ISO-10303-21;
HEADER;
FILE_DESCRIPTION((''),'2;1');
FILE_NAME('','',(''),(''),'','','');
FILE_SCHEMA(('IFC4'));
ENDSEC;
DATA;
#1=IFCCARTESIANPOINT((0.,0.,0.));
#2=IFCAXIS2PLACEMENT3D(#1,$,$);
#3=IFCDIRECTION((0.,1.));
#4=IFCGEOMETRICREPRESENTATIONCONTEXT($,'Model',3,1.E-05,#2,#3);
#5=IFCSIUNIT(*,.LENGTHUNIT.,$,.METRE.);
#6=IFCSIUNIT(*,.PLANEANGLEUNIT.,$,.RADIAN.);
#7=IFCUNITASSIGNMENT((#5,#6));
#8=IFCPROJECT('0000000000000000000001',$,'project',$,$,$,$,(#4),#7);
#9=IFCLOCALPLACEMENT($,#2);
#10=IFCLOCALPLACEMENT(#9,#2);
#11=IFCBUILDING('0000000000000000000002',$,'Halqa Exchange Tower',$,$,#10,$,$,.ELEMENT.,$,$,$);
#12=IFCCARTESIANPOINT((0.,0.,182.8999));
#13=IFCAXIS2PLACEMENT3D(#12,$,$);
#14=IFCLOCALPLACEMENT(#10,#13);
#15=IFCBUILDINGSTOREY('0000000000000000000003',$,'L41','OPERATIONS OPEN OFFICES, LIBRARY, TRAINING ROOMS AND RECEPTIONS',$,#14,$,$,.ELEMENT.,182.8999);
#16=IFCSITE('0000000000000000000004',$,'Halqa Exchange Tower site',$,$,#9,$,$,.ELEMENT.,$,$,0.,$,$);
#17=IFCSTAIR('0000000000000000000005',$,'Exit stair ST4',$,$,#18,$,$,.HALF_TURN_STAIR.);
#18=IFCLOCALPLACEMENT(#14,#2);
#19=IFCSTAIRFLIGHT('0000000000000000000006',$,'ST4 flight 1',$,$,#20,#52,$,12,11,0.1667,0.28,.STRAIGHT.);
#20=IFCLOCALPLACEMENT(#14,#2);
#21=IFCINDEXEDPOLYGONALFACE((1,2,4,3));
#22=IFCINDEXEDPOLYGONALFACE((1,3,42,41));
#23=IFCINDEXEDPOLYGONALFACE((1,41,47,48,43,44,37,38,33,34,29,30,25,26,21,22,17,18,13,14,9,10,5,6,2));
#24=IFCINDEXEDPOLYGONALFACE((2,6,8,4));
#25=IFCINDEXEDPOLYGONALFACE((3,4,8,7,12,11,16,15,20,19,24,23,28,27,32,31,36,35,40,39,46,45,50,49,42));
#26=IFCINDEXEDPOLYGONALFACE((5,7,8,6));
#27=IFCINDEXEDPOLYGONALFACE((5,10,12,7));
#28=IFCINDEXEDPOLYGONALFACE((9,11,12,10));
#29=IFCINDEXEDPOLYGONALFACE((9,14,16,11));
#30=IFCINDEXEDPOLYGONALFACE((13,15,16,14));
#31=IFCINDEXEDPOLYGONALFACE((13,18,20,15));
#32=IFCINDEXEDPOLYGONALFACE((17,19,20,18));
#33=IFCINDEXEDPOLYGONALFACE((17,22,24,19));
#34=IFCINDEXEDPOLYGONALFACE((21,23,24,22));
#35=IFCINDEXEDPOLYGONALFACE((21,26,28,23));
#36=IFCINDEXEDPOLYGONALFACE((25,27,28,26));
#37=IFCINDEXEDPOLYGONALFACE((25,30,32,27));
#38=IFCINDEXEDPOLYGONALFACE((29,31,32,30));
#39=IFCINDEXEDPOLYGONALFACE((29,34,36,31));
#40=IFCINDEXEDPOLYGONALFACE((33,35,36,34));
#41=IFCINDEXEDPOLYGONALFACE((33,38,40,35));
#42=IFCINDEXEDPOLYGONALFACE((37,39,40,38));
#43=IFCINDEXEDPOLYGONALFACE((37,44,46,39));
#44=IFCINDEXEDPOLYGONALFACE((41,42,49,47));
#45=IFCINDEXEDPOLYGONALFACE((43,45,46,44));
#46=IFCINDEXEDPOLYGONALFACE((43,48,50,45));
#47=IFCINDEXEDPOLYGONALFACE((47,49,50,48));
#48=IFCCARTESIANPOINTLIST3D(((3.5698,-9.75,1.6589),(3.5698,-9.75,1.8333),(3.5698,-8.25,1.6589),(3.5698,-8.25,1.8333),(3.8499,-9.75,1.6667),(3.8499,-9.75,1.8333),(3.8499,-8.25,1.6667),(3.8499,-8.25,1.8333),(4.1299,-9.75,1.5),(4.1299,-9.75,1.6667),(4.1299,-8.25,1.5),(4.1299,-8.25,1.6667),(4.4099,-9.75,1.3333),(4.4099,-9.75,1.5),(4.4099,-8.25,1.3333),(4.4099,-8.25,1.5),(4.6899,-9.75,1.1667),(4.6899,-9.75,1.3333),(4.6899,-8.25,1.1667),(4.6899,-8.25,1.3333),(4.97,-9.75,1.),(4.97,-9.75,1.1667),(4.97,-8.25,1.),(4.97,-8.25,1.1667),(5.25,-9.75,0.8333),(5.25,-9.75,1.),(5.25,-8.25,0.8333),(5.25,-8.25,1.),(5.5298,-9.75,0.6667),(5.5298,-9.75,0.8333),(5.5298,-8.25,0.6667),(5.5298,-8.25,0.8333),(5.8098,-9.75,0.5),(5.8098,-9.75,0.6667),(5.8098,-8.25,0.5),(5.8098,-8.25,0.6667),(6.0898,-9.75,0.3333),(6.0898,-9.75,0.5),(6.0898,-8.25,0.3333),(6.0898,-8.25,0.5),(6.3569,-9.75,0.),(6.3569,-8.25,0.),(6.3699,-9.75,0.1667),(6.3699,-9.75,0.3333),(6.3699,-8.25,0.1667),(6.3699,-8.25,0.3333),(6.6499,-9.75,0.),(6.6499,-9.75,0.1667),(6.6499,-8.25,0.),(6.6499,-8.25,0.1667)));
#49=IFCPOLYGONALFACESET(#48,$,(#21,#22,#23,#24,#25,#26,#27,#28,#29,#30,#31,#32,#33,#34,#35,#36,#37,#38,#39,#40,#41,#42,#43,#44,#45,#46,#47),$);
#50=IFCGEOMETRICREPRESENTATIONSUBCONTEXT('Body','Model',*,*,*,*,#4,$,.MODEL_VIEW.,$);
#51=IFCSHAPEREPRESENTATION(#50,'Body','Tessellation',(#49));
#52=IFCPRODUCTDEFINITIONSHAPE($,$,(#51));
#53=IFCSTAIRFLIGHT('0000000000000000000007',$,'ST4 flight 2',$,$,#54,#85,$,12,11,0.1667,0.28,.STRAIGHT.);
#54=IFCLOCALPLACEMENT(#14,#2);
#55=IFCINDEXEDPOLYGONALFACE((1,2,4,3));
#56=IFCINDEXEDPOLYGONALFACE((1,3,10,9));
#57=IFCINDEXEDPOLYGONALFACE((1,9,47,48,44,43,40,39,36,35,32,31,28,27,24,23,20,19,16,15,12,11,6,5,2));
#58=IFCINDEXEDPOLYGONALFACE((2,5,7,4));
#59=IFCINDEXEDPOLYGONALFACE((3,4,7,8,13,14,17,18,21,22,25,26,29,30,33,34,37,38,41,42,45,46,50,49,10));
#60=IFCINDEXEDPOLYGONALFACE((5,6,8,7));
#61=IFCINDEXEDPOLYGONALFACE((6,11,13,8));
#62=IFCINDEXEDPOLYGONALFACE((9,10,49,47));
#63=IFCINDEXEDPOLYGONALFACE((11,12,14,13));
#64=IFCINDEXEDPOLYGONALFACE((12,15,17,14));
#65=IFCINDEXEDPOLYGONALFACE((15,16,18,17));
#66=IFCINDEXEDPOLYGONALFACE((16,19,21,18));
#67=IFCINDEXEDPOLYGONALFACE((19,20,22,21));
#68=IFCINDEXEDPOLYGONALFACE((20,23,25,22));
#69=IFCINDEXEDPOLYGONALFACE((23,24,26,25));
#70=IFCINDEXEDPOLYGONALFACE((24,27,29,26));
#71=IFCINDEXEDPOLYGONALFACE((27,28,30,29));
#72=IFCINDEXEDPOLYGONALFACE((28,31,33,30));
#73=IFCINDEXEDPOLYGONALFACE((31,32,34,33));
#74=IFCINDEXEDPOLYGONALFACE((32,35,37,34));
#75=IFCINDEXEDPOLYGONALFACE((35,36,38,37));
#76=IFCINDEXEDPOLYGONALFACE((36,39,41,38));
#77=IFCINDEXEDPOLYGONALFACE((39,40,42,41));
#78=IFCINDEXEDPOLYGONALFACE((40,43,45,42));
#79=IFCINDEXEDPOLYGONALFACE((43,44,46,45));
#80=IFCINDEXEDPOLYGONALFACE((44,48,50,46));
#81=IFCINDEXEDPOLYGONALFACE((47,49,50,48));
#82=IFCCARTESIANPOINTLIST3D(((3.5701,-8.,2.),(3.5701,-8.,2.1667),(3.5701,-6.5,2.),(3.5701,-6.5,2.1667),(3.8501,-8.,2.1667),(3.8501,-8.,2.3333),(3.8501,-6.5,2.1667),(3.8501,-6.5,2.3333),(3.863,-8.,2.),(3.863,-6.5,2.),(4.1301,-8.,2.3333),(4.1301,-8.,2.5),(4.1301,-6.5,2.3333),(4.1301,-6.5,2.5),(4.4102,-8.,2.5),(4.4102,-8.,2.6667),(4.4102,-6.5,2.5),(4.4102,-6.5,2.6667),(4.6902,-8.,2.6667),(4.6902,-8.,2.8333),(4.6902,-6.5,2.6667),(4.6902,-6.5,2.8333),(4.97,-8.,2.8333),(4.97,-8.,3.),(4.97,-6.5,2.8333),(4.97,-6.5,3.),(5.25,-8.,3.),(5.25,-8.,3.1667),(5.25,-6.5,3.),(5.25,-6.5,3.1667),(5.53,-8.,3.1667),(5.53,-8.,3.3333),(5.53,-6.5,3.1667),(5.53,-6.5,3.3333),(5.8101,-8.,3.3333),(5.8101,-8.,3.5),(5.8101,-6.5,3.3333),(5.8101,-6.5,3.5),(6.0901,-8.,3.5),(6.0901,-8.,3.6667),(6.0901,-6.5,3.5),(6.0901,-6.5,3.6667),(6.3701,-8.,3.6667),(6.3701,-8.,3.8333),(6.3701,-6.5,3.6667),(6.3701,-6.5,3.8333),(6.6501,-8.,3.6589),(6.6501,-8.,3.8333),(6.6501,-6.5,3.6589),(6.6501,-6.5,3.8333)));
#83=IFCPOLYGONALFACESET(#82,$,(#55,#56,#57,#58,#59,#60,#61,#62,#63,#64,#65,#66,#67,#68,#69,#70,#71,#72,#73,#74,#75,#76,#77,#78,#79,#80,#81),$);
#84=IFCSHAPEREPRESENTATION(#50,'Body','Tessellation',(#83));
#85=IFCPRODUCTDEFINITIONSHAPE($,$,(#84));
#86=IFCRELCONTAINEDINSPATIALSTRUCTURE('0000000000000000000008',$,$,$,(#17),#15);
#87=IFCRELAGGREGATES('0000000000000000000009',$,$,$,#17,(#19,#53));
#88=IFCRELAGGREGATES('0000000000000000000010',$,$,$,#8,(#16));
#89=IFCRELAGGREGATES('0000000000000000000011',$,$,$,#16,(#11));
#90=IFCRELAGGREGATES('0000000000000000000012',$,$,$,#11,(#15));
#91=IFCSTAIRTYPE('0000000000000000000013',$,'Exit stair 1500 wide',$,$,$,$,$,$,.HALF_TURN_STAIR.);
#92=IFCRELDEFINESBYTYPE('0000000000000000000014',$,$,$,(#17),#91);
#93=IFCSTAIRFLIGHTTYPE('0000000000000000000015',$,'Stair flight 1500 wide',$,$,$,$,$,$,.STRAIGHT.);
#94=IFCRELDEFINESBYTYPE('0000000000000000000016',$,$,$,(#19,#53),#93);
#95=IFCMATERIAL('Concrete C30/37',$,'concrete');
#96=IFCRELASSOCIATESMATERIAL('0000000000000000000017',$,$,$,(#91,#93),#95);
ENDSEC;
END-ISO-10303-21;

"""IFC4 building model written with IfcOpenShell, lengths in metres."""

from ifc_helpers import new_model, si_unit, direction, frame, origin, place, context, subcontext, project, spatial, polyline, outline, extrude, material, type_object, element, aggregate, save


model = new_model("IFC4")

# Units and contexts
model_context = context("Model", 3, precision=1e-05, world=origin(), true_north=direction((0.0, 1.0)))
body_context = subcontext(model_context, "Body", "Model", "MODEL_VIEW")
ifc_project = project(units=[si_unit("LENGTHUNIT", "METRE"), si_unit("PLANEANGLEUNIT", "RADIAN")], contexts=[model_context])

# Site, building, storey
site_placement = place(None, origin())
site = spatial("IfcSite", under=ifc_project, at=site_placement, Name="Halqa Exchange Tower site", CompositionType="ELEMENT", RefElevation=0.0)
building_placement = place(site_placement, origin())
building = spatial("IfcBuilding", under=site, at=building_placement, Name="Halqa Exchange Tower", CompositionType="ELEMENT")
storey_placement = place(building_placement, frame((0.0, 0.0, 182.8999)))
storey = spatial("IfcBuildingStorey", under=building, at=storey_placement, Name="L41", Description="OPERATIONS OPEN OFFICES, LIBRARY, TRAINING ROOMS AND RECEPTIONS", CompositionType="ELEMENT", Elevation=182.8999)

# Shared definitions
ifc_material_1 = material(Name="Concrete C30/37", Category="concrete")

# Stair, stair flights
stair_type = type_object("IfcStairType", Name="Exit stair 1500 wide", PredefinedType="HALF_TURN_STAIR", material=ifc_material_1)
stair_placement = place(storey_placement, origin())
stair = element("IfcStair", 1, at=stair_placement, inside=storey, type_object=stair_type, Name="Exit stair ST4", PredefinedType="HALF_TURN_STAIR")
stair_flight_type = type_object("IfcStairFlightType", Name="Stair flight 1500 wide", PredefinedType="STRAIGHT", material=ifc_material_1)
stair_flight_1_placement = place(storey_placement, frame((6.6499, -9.0, 0.0), z_axis=(0.0, 0.0, 1.0), x_axis=(-1.0, 0.0, 0.0)))
stair_flight_1 = element("IfcStairFlight", 2, at=stair_flight_1_placement, type_object=stair_flight_type, Name="ST4 flight 1", NumberOfRisers=12, NumberOfTreads=11, PredefinedType="STRAIGHT", RiserHeight=0.1667, TreadLength=0.28, context=body_context, shape_type="SweptSolid", body=[
    extrude(outline(polyline([(0.0, 0.0), (0.0, 0.1667), (0.28, 0.1667), (0.28, 0.3333), (0.5601, 0.3333), (0.5601, 0.5), (0.8401, 0.5), (0.8401, 0.6667), (1.1201, 0.6667), (1.1201, 0.8333), (1.3999, 0.8333), (1.3999, 1.0), (1.6799, 1.0), (1.6799, 1.1667), (1.96, 1.1667), (1.96, 1.3333), (2.24, 1.3333), (2.24, 1.5), (2.52, 1.5), (2.52, 1.6667), (2.8, 1.6667), (2.8, 1.8333), (3.0801, 1.8333), (3.0801, 2.0), (3.0801, 1.6589), (0.293, 0.0), (0.0, 0.0)])), frame((0.0, 0.75, 0.0), z_axis=(0.0, -1.0, 0.0), x_axis=(1.0, 0.0, 0.0)), (0.0, 0.0, 1.0), 1.5),
])
stair_flight_2_placement = place(storey_placement, frame((3.5701, -7.25, 2.0), z_axis=(0.0, 0.0, 1.0), x_axis=(1.0, 0.0, 0.0)))
stair_flight_2 = element("IfcStairFlight", 3, at=stair_flight_2_placement, type_object=stair_flight_type, Name="ST4 flight 2", NumberOfRisers=12, NumberOfTreads=11, PredefinedType="STRAIGHT", RiserHeight=0.1667, TreadLength=0.28, context=body_context, shape_type="SweptSolid", body=[
    extrude(outline(polyline([(0.0, 0.0), (0.0, 0.1667), (0.28, 0.1667), (0.28, 0.3333), (0.5601, 0.3333), (0.5601, 0.5), (0.8401, 0.5), (0.8401, 0.6667), (1.1201, 0.6667), (1.1201, 0.8333), (1.3999, 0.8333), (1.3999, 1.0), (1.6799, 1.0), (1.6799, 1.1667), (1.96, 1.1667), (1.96, 1.3333), (2.24, 1.3333), (2.24, 1.5), (2.52, 1.5), (2.52, 1.6667), (2.8, 1.6667), (2.8, 1.8333), (3.0801, 1.8333), (3.0801, 2.0), (3.0801, 1.6589), (0.293, 0.0), (0.0, 0.0)])), frame((0.0, 0.75, 0.0), z_axis=(0.0, -1.0, 0.0), x_axis=(1.0, 0.0, 0.0)), (0.0, 0.0, 1.0), 1.5),
])
aggregate(stair, [stair_flight_1, stair_flight_2])

save(model, "model.ifc")
